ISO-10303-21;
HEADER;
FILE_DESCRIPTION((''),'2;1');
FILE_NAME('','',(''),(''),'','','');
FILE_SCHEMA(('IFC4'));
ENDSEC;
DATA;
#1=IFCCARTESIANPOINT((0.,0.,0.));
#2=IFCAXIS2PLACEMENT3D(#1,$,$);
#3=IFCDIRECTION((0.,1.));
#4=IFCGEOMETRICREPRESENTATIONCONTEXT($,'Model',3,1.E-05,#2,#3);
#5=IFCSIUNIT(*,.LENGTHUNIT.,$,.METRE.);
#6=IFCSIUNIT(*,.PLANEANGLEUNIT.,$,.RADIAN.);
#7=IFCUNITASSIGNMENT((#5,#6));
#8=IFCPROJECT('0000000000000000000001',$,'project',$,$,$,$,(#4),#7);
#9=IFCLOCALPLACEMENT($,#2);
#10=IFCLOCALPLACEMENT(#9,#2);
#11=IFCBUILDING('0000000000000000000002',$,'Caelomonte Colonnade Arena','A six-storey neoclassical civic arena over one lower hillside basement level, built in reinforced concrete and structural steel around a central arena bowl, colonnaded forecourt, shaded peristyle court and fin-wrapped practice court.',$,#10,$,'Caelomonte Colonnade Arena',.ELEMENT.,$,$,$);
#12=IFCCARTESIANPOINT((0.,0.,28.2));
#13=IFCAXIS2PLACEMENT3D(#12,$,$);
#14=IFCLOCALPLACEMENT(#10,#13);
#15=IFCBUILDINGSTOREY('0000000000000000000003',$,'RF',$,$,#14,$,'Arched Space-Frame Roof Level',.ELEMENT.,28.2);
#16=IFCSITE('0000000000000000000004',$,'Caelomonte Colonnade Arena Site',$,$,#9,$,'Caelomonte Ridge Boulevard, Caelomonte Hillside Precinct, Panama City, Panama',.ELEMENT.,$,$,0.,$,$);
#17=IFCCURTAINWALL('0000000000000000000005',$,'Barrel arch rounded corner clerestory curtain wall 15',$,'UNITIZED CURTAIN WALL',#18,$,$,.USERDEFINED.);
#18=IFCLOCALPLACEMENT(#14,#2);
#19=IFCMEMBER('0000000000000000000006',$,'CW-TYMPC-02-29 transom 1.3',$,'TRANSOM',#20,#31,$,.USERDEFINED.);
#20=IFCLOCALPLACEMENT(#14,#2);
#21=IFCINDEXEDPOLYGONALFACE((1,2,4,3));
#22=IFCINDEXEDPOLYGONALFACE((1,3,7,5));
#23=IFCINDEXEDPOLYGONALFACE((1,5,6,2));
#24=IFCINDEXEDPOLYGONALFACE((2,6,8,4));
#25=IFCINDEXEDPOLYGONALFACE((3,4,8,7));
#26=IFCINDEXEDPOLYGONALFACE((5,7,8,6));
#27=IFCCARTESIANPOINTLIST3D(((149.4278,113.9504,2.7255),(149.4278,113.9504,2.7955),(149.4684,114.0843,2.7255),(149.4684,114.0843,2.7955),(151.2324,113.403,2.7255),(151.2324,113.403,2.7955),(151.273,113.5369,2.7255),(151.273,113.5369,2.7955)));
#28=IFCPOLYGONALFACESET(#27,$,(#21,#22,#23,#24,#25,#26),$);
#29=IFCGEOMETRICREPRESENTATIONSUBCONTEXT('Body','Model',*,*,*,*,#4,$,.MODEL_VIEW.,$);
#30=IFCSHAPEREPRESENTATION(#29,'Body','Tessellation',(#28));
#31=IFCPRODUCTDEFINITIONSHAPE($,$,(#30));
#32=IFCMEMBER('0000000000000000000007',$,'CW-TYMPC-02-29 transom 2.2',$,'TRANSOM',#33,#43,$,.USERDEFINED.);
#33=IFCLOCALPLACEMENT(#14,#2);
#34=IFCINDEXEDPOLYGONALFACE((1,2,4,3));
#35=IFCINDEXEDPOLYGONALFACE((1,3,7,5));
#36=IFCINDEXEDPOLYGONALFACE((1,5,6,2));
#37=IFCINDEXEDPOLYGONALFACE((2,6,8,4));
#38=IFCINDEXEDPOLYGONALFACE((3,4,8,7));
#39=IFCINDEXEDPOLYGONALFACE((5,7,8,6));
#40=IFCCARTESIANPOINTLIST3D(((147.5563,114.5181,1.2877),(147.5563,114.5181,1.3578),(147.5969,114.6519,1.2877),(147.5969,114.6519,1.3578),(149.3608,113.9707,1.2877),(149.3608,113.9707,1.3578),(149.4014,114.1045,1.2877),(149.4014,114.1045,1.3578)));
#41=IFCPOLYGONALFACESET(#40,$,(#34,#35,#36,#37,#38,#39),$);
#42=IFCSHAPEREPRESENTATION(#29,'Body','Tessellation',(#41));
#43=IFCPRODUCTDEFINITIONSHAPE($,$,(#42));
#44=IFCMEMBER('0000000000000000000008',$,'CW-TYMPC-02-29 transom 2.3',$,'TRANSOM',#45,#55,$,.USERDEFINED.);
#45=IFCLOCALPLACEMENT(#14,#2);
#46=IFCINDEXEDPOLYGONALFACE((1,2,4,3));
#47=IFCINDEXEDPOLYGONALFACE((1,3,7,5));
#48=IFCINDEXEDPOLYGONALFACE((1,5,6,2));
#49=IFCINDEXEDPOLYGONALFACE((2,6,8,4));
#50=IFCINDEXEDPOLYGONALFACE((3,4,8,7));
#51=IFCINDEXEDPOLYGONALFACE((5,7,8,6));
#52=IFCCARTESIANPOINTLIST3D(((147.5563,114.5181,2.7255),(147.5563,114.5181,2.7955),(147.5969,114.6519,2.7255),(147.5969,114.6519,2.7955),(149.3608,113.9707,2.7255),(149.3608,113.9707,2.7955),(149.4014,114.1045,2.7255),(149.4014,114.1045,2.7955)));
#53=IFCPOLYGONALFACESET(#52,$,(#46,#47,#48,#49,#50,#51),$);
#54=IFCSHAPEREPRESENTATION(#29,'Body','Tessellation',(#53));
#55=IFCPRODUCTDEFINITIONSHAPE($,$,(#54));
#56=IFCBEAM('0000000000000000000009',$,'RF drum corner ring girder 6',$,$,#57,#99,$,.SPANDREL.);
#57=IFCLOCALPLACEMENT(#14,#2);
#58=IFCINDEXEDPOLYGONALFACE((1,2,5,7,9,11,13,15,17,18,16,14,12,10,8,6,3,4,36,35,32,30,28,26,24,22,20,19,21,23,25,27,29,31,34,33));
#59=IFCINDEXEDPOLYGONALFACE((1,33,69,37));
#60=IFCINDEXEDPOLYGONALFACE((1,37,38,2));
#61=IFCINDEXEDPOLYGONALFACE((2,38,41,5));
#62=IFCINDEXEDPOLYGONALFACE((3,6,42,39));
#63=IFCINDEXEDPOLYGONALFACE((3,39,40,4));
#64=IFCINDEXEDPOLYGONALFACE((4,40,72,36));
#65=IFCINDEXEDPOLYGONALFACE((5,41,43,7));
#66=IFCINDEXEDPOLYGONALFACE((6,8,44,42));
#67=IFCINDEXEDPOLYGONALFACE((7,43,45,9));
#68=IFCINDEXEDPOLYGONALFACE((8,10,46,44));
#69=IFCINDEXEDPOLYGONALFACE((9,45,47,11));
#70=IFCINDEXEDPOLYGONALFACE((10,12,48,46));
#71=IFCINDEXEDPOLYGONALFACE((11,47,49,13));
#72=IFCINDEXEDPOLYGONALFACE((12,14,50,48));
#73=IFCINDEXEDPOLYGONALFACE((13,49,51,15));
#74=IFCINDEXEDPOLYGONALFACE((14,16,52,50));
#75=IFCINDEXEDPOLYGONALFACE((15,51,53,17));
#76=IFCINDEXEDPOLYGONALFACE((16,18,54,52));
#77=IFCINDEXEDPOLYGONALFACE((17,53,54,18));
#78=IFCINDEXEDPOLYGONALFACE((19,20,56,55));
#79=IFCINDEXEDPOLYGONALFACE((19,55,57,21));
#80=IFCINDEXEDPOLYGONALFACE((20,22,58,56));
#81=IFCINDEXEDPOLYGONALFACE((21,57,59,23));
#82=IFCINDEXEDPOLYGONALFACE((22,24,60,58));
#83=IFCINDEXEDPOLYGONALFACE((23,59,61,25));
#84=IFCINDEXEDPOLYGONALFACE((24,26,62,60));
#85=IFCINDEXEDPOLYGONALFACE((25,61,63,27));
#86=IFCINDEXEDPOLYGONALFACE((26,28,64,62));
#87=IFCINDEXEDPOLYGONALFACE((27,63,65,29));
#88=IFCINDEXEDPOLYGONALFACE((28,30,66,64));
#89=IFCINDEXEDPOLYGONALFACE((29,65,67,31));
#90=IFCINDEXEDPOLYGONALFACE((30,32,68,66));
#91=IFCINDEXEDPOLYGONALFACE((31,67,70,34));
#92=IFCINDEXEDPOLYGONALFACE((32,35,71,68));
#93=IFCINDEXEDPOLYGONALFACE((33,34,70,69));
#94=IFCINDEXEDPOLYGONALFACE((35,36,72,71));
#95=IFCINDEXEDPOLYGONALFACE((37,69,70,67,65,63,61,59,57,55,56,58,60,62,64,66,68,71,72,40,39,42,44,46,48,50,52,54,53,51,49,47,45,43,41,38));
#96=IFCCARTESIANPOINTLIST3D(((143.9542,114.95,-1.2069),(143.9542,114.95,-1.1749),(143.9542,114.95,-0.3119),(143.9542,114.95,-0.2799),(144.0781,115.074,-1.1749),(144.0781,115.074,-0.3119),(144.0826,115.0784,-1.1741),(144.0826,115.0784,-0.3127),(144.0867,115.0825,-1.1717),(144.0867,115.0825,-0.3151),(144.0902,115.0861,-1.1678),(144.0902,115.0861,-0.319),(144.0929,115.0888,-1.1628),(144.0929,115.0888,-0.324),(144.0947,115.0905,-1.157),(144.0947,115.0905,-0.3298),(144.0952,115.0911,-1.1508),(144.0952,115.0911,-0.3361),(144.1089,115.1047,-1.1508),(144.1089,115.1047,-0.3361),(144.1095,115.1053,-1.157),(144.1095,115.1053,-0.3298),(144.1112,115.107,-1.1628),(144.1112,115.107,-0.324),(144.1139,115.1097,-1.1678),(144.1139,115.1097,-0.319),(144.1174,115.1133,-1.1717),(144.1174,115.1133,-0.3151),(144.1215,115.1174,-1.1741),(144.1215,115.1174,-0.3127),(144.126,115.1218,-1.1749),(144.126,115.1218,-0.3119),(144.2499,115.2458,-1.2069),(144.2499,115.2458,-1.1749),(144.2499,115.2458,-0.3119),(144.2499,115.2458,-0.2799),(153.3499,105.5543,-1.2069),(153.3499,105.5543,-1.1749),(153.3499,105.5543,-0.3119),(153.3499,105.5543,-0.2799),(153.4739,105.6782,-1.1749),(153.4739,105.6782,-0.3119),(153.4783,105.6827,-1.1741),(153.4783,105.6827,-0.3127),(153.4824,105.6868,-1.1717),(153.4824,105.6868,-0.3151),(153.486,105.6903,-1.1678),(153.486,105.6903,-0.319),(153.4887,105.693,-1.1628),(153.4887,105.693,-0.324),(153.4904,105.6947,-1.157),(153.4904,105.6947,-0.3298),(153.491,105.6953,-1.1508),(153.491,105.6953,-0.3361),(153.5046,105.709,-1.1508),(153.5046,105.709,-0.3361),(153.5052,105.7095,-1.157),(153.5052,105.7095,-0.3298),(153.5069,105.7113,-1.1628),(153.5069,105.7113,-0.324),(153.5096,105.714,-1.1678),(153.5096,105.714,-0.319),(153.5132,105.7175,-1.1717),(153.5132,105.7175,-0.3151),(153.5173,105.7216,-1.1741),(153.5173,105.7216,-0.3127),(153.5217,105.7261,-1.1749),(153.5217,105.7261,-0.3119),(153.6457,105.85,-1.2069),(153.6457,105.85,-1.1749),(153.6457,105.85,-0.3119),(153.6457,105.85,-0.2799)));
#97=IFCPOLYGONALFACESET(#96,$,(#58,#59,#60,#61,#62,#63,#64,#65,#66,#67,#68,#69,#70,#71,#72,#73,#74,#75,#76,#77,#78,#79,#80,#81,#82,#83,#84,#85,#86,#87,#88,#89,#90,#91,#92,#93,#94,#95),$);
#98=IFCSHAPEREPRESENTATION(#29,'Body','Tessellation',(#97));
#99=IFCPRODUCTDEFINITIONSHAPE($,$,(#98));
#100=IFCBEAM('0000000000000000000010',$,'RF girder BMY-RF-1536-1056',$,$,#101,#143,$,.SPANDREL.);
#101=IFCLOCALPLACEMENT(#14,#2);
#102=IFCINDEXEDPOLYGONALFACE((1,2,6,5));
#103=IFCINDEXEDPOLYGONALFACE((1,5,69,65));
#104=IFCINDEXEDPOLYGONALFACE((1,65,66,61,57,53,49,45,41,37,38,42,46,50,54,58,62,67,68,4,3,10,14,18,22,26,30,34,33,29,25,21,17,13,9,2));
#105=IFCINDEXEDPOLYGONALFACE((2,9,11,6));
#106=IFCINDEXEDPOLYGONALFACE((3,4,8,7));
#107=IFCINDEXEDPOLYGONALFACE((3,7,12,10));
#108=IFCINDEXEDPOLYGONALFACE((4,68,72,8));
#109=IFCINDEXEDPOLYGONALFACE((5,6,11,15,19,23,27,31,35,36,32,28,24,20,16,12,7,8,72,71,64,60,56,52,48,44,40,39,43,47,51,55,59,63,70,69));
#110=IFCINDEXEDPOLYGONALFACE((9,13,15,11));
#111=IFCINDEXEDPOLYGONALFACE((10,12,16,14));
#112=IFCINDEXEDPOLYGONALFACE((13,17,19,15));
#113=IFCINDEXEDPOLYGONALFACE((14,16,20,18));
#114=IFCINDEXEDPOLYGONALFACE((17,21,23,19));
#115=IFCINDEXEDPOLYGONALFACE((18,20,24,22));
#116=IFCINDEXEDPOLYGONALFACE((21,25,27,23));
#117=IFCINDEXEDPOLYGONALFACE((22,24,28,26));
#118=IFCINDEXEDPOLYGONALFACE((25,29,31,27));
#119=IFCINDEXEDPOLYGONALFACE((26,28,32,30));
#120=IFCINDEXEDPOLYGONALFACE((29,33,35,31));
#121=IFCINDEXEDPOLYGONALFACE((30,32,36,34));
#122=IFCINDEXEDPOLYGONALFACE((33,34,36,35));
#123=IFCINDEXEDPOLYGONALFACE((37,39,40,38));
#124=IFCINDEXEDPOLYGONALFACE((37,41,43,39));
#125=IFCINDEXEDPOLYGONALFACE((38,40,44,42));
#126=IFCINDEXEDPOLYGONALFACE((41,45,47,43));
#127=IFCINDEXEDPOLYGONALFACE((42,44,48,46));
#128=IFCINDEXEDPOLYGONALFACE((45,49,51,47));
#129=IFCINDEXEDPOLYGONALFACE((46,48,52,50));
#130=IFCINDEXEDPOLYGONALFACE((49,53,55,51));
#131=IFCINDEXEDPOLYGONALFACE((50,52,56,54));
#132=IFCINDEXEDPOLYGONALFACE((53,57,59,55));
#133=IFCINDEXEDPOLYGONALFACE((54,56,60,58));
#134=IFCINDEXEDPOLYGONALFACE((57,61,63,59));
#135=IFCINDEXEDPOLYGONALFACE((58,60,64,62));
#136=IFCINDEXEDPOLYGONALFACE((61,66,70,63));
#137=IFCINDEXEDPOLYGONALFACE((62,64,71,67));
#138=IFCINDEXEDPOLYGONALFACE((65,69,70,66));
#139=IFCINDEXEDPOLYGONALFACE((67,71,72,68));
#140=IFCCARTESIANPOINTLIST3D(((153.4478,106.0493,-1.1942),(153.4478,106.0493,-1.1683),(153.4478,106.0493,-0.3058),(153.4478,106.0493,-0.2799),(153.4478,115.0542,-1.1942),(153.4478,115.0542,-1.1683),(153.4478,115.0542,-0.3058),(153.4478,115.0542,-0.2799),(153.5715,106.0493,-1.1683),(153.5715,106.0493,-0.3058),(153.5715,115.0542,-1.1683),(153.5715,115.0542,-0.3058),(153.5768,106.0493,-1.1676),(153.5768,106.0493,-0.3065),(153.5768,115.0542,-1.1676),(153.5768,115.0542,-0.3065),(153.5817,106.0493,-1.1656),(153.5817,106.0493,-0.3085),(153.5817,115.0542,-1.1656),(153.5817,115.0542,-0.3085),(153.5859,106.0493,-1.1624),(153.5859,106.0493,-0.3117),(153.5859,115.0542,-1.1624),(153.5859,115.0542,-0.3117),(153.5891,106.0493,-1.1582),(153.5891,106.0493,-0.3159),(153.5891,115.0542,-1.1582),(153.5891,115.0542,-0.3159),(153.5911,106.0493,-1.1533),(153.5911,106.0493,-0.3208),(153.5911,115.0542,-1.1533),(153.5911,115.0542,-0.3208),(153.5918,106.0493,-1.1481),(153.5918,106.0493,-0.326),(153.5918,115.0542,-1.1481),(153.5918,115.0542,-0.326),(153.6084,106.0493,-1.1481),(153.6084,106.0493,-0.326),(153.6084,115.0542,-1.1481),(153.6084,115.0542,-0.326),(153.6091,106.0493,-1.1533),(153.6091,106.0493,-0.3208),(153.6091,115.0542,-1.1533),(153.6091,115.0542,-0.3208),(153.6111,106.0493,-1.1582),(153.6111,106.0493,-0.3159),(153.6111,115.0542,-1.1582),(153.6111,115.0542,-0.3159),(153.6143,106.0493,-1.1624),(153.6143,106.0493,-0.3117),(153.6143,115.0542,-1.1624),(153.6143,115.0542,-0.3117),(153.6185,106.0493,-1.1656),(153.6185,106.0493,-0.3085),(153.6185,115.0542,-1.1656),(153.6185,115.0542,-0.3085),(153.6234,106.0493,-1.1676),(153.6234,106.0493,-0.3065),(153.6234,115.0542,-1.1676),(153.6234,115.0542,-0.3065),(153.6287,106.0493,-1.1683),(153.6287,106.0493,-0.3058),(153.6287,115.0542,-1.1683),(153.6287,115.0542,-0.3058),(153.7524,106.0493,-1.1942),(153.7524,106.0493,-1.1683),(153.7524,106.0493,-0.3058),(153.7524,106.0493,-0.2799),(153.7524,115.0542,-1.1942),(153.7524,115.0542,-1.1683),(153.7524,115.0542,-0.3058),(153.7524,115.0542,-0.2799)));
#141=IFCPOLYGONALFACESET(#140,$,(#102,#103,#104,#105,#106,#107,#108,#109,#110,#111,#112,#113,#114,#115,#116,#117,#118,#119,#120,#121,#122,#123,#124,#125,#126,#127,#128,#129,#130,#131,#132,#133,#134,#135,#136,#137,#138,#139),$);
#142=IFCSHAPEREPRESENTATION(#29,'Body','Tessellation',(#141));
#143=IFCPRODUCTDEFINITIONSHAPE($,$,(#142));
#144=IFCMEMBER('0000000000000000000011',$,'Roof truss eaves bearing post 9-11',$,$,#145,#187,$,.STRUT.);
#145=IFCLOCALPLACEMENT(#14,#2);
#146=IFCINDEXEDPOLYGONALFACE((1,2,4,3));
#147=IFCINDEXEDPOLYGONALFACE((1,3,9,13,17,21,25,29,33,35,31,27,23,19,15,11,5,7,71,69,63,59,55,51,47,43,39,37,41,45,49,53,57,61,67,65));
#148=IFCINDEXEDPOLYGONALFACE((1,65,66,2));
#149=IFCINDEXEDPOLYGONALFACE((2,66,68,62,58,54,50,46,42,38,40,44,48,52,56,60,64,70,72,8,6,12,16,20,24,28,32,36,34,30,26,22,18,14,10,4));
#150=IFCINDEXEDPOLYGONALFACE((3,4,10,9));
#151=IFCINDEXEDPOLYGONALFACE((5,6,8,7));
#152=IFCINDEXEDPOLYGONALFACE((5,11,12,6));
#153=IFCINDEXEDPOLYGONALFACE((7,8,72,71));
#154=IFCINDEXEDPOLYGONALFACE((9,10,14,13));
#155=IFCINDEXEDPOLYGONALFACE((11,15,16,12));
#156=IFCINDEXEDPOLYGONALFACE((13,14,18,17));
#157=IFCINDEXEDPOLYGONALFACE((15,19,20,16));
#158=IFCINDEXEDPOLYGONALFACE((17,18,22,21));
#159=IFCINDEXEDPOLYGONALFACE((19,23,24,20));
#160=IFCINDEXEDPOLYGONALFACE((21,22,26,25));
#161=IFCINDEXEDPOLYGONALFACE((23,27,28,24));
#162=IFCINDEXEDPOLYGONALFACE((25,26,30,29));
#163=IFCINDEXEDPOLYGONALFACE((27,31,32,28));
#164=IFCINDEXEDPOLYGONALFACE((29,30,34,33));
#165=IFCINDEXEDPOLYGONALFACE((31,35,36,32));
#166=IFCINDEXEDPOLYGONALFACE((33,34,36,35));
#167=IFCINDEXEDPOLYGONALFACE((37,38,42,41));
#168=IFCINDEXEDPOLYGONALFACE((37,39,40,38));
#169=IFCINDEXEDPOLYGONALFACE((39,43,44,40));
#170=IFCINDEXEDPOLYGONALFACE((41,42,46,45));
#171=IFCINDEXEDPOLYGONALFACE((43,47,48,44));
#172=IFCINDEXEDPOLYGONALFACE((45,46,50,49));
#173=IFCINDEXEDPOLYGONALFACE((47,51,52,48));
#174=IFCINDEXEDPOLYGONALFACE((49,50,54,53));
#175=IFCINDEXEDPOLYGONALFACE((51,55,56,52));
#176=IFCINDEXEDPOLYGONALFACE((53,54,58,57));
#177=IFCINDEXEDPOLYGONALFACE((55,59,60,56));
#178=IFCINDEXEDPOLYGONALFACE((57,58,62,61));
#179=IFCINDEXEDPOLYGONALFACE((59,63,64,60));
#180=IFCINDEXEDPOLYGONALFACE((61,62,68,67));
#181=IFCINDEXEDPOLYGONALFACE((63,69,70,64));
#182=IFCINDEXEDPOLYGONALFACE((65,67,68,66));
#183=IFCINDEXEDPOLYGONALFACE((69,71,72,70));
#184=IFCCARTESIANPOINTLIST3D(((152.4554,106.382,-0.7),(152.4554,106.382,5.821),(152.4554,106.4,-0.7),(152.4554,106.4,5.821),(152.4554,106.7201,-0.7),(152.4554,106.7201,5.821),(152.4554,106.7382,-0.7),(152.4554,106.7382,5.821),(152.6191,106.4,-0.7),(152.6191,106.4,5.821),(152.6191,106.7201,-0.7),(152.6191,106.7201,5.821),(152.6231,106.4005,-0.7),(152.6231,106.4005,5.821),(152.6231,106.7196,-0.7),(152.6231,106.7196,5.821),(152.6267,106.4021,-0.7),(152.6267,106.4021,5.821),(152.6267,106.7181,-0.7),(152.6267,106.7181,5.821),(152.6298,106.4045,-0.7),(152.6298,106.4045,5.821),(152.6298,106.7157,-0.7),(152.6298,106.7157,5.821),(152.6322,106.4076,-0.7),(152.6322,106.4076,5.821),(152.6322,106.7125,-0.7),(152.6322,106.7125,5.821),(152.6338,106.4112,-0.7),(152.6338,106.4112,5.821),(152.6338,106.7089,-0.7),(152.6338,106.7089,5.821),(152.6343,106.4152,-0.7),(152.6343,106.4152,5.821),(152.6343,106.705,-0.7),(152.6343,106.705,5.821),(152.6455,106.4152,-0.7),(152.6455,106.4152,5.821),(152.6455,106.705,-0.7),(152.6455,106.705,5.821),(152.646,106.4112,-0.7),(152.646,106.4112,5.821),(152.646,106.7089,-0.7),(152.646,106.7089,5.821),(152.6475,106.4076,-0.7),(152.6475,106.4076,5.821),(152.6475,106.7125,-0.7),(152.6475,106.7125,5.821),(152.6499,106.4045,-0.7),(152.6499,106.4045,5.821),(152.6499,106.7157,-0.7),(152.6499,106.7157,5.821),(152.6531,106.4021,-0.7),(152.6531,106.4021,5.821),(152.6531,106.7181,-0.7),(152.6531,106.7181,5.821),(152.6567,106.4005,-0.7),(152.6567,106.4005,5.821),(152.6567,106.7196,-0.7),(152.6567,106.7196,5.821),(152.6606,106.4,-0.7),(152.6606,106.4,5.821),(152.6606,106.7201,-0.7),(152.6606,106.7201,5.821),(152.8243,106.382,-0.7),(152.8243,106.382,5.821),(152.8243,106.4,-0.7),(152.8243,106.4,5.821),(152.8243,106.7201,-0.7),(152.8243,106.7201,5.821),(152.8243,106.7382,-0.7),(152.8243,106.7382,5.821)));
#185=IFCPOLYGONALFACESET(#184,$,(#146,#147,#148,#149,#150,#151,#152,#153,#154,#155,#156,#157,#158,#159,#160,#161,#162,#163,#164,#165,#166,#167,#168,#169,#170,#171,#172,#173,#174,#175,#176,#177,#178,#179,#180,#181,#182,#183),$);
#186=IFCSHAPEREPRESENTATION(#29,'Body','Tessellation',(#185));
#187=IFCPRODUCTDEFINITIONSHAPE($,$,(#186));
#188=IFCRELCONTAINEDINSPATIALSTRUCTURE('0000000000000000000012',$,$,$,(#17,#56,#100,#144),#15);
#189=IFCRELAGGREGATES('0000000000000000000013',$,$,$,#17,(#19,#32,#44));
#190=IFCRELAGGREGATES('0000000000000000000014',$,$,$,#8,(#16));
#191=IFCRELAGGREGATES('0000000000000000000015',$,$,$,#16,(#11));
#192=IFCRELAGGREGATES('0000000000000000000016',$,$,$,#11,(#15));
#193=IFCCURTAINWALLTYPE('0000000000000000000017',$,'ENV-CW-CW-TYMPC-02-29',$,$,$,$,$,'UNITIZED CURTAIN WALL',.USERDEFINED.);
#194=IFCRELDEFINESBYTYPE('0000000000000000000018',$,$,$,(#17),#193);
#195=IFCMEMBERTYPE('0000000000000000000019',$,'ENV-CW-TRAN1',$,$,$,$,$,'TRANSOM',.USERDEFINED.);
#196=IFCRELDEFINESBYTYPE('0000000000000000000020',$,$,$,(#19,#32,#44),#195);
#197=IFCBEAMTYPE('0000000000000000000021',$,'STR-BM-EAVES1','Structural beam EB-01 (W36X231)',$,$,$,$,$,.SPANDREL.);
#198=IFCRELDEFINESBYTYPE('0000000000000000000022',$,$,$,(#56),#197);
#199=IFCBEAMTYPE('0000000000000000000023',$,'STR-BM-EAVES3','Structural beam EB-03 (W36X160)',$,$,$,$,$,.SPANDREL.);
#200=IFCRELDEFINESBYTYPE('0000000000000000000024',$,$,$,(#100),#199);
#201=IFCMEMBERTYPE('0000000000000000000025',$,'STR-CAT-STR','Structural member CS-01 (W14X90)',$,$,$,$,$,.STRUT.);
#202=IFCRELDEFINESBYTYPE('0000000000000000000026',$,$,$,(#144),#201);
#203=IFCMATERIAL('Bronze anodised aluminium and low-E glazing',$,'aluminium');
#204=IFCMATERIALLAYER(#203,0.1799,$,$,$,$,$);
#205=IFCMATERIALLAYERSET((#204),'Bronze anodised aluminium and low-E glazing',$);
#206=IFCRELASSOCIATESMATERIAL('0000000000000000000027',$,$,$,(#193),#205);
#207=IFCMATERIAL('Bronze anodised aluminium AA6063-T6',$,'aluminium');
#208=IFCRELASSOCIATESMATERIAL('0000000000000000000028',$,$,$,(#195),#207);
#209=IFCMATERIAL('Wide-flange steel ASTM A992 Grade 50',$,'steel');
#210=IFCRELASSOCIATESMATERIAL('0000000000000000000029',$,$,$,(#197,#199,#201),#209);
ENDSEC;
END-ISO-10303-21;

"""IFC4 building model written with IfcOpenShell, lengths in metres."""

from ifc_helpers import new_model, si_unit, direction, frame, origin, origin_2d, place, context, subcontext, project, spatial, rectangle, i_section, extrude, material, layer, layer_set, material_profile, profile_set, type_object, element, aggregate, save


model = new_model("IFC4")

# Units and contexts
model_context = context("Model", 3, precision=1e-05, world=origin(), true_north=direction((0.0, 1.0)))
body_context = subcontext(model_context, "Body", "Model", "MODEL_VIEW")
ifc_project = project(units=[si_unit("LENGTHUNIT", "METRE"), si_unit("PLANEANGLEUNIT", "RADIAN")], contexts=[model_context])

# Site, building, storey
site_placement = place(None, origin())
site = spatial("IfcSite", under=ifc_project, at=site_placement, Name="Caelomonte Colonnade Arena Site", LongName="Caelomonte Ridge Boulevard, Caelomonte Hillside Precinct, Panama City, Panama", CompositionType="ELEMENT", RefElevation=0.0)
building_placement = place(site_placement, origin())
building = spatial("IfcBuilding", under=site, at=building_placement, Name="Caelomonte Colonnade Arena", Description="A six-storey neoclassical civic arena over one lower hillside basement level, built in reinforced concrete and structural steel around a central arena bowl, colonnaded forecourt, shaded peristyle court and fin-wrapped practice court.", LongName="Caelomonte Colonnade Arena", CompositionType="ELEMENT")
storey_placement = place(building_placement, frame((0.0, 0.0, 28.2)))
storey = spatial("IfcBuildingStorey", under=building, at=storey_placement, Name="RF", LongName="Arched Space-Frame Roof Level", CompositionType="ELEMENT", Elevation=28.2)

# Shared definitions
ifc_material_1 = material(Name="Bronze anodised aluminium and low-E glazing", Category="aluminium")
ifc_material_2 = material(Name="Bronze anodised aluminium AA6063-T6", Category="aluminium")

# Curtain wall
ifc_layer_1 = layer(ifc_material_1, 0.1799)
ifc_layer_set_1 = layer_set([ifc_layer_1], Name="Bronze anodised aluminium and low-E glazing")
curtain_wall_type_1 = type_object("IfcCurtainWallType", Name="ENV-CW-CW-TYMPC-02-29", ElementType="UNITIZED CURTAIN WALL", PredefinedType="USERDEFINED", material=ifc_layer_set_1)
curtain_wall_1_placement = place(storey_placement, origin())
curtain_wall_1 = element("IfcCurtainWall", 1, at=curtain_wall_1_placement, inside=storey, type_object=curtain_wall_type_1, Name="Barrel arch rounded corner clerestory curtain wall 15", ObjectType="UNITIZED CURTAIN WALL", PredefinedType="USERDEFINED")

# Members
ifc_material_profile_1 = material_profile(ifc_material_2, rectangle(XDim=0.0701, YDim=0.1399, at=origin_2d()), Name="CWT-70X140")
ifc_profile_set_1 = profile_set([ifc_material_profile_1], Name="Bronze anodised aluminium AA6063-T6")
member_type_1 = type_object("IfcMemberType", Name="ENV-CW-TRAN1", ElementType="TRANSOM", PredefinedType="USERDEFINED", material=ifc_profile_set_1)
member_1_placement = place(storey_placement, frame((151.2527, 113.47, 2.7605), z_axis=(-0.956942, 0.29028, 0.0), x_axis=(0.0, 0.0, 1.0)))
member_1 = element("IfcMember", 2, at=member_1_placement, type_object=member_type_1, Name="CW-TYMPC-02-29 transom 1.3", ObjectType="TRANSOM", PredefinedType="USERDEFINED", context=body_context, shape_type="SweptSolid", body=[
    extrude(rectangle(XDim=0.0701, YDim=0.1399, at=origin_2d()), origin(), (0.0, 0.0, 1.0), 1.8857),
])
member_2_placement = place(storey_placement, frame((149.3811, 114.0376, 1.3228), z_axis=(-0.956942, 0.29028, 0.0), x_axis=(0.0, 0.0, 1.0)))
member_2 = element("IfcMember", 3, at=member_2_placement, type_object=member_type_1, Name="CW-TYMPC-02-29 transom 2.2", ObjectType="TRANSOM", PredefinedType="USERDEFINED", context=body_context, shape_type="SweptSolid", body=[
    extrude(rectangle(XDim=0.0701, YDim=0.1399, at=origin_2d()), origin(), (0.0, 0.0, 1.0), 1.8857),
])
member_3_placement = place(storey_placement, frame((149.3811, 114.0376, 2.7605), z_axis=(-0.956942, 0.29028, 0.0), x_axis=(0.0, 0.0, 1.0)))
member_3 = element("IfcMember", 4, at=member_3_placement, type_object=member_type_1, Name="CW-TYMPC-02-29 transom 2.3", ObjectType="TRANSOM", PredefinedType="USERDEFINED", context=body_context, shape_type="SweptSolid", body=[
    extrude(rectangle(XDim=0.0701, YDim=0.1399, at=origin_2d()), origin(), (0.0, 0.0, 1.0), 1.8857),
])

# Beams
ifc_material_3 = material(Name="Wide-flange steel ASTM A992 Grade 50", Category="steel")
ifc_material_profile_2 = material_profile(ifc_material_3, i_section(OverallWidth=0.4182, OverallDepth=0.927, WebThickness=0.0193, FlangeThickness=0.032, FilletRadius=0.0242, at=origin_2d()), Name="W36X231")
ifc_profile_set_2 = profile_set([ifc_material_profile_2], Name="Wide-flange steel ASTM A992 Grade 50")
beam_type_1 = type_object("IfcBeamType", Name="STR-BM-EAVES1", Description="Structural beam EB-01 (W36X231)", PredefinedType="SPANDREL", material=ifc_profile_set_2)
beam_1_placement = place(storey_placement, frame((153.4978, 105.7021, -0.7434), z_axis=(-0.707107, 0.707107, 0.0), x_axis=(-0.707107, -0.707107, 0.0)))
element("IfcBeam", 5, at=beam_1_placement, inside=storey, type_object=beam_type_1, Name="RF drum corner ring girder 6", PredefinedType="SPANDREL", context=body_context, shape_type="SweptSolid", body=[
    extrude(i_section(OverallWidth=0.4182, OverallDepth=0.927, WebThickness=0.0193, FlangeThickness=0.032, FilletRadius=0.0242, at=origin_2d()), origin(), (0.0, 0.0, 1.0), 13.2876),
])
ifc_material_profile_3 = material_profile(ifc_material_3, i_section(OverallWidth=0.3047, OverallDepth=0.9143, WebThickness=0.0166, FlangeThickness=0.0259, FilletRadius=0.0203, at=origin_2d()), Name="W36X160")
ifc_profile_set_3 = profile_set([ifc_material_profile_3], Name="Wide-flange steel ASTM A992 Grade 50")
beam_type_2 = type_object("IfcBeamType", Name="STR-BM-EAVES3", Description="Structural beam EB-03 (W36X160)", PredefinedType="SPANDREL", material=ifc_profile_set_3)
beam_2_placement = place(storey_placement, frame((153.6001, 106.0493, -0.7371), z_axis=(0.0, 1.0, 0.0), x_axis=(-1.0, 0.0, 0.0)))
element("IfcBeam", 6, at=beam_2_placement, inside=storey, type_object=beam_type_2, Name="RF girder BMY-RF-1536-1056", PredefinedType="SPANDREL", context=body_context, shape_type="SweptSolid", body=[
    extrude(i_section(OverallWidth=0.3047, OverallDepth=0.9143, WebThickness=0.0166, FlangeThickness=0.0259, FilletRadius=0.0203, at=origin_2d()), origin(), (0.0, 0.0, 1.0), 9.0049),
])

# Member
ifc_material_profile_4 = material_profile(ifc_material_3, i_section(OverallWidth=0.3689, OverallDepth=0.3562, WebThickness=0.0112, FlangeThickness=0.0181, FilletRadius=0.0151, at=origin_2d()), Name="W14X90")
ifc_profile_set_4 = profile_set([ifc_material_profile_4], Name="Wide-flange steel ASTM A992 Grade 50")
member_type_2 = type_object("IfcMemberType", Name="STR-CAT-STR", Description="Structural member CS-01 (W14X90)", PredefinedType="STRUT", material=ifc_profile_set_4)
member_4_placement = place(storey_placement, frame((152.6399, 106.5601, -0.7), z_axis=(0.0, 0.0, 1.0), x_axis=(1.0, 0.0, 0.0)))
element("IfcMember", 7, at=member_4_placement, inside=storey, type_object=member_type_2, Name="Roof truss eaves bearing post 9-11", PredefinedType="STRUT", context=body_context, shape_type="SweptSolid", body=[
    extrude(i_section(OverallWidth=0.3689, OverallDepth=0.3562, WebThickness=0.0112, FlangeThickness=0.0181, FilletRadius=0.0151, at=origin_2d()), origin(), (0.0, 0.0, 1.0), 6.521),
])

aggregate(curtain_wall_1, [member_1, member_2, member_3])

save(model, "model.ifc")
